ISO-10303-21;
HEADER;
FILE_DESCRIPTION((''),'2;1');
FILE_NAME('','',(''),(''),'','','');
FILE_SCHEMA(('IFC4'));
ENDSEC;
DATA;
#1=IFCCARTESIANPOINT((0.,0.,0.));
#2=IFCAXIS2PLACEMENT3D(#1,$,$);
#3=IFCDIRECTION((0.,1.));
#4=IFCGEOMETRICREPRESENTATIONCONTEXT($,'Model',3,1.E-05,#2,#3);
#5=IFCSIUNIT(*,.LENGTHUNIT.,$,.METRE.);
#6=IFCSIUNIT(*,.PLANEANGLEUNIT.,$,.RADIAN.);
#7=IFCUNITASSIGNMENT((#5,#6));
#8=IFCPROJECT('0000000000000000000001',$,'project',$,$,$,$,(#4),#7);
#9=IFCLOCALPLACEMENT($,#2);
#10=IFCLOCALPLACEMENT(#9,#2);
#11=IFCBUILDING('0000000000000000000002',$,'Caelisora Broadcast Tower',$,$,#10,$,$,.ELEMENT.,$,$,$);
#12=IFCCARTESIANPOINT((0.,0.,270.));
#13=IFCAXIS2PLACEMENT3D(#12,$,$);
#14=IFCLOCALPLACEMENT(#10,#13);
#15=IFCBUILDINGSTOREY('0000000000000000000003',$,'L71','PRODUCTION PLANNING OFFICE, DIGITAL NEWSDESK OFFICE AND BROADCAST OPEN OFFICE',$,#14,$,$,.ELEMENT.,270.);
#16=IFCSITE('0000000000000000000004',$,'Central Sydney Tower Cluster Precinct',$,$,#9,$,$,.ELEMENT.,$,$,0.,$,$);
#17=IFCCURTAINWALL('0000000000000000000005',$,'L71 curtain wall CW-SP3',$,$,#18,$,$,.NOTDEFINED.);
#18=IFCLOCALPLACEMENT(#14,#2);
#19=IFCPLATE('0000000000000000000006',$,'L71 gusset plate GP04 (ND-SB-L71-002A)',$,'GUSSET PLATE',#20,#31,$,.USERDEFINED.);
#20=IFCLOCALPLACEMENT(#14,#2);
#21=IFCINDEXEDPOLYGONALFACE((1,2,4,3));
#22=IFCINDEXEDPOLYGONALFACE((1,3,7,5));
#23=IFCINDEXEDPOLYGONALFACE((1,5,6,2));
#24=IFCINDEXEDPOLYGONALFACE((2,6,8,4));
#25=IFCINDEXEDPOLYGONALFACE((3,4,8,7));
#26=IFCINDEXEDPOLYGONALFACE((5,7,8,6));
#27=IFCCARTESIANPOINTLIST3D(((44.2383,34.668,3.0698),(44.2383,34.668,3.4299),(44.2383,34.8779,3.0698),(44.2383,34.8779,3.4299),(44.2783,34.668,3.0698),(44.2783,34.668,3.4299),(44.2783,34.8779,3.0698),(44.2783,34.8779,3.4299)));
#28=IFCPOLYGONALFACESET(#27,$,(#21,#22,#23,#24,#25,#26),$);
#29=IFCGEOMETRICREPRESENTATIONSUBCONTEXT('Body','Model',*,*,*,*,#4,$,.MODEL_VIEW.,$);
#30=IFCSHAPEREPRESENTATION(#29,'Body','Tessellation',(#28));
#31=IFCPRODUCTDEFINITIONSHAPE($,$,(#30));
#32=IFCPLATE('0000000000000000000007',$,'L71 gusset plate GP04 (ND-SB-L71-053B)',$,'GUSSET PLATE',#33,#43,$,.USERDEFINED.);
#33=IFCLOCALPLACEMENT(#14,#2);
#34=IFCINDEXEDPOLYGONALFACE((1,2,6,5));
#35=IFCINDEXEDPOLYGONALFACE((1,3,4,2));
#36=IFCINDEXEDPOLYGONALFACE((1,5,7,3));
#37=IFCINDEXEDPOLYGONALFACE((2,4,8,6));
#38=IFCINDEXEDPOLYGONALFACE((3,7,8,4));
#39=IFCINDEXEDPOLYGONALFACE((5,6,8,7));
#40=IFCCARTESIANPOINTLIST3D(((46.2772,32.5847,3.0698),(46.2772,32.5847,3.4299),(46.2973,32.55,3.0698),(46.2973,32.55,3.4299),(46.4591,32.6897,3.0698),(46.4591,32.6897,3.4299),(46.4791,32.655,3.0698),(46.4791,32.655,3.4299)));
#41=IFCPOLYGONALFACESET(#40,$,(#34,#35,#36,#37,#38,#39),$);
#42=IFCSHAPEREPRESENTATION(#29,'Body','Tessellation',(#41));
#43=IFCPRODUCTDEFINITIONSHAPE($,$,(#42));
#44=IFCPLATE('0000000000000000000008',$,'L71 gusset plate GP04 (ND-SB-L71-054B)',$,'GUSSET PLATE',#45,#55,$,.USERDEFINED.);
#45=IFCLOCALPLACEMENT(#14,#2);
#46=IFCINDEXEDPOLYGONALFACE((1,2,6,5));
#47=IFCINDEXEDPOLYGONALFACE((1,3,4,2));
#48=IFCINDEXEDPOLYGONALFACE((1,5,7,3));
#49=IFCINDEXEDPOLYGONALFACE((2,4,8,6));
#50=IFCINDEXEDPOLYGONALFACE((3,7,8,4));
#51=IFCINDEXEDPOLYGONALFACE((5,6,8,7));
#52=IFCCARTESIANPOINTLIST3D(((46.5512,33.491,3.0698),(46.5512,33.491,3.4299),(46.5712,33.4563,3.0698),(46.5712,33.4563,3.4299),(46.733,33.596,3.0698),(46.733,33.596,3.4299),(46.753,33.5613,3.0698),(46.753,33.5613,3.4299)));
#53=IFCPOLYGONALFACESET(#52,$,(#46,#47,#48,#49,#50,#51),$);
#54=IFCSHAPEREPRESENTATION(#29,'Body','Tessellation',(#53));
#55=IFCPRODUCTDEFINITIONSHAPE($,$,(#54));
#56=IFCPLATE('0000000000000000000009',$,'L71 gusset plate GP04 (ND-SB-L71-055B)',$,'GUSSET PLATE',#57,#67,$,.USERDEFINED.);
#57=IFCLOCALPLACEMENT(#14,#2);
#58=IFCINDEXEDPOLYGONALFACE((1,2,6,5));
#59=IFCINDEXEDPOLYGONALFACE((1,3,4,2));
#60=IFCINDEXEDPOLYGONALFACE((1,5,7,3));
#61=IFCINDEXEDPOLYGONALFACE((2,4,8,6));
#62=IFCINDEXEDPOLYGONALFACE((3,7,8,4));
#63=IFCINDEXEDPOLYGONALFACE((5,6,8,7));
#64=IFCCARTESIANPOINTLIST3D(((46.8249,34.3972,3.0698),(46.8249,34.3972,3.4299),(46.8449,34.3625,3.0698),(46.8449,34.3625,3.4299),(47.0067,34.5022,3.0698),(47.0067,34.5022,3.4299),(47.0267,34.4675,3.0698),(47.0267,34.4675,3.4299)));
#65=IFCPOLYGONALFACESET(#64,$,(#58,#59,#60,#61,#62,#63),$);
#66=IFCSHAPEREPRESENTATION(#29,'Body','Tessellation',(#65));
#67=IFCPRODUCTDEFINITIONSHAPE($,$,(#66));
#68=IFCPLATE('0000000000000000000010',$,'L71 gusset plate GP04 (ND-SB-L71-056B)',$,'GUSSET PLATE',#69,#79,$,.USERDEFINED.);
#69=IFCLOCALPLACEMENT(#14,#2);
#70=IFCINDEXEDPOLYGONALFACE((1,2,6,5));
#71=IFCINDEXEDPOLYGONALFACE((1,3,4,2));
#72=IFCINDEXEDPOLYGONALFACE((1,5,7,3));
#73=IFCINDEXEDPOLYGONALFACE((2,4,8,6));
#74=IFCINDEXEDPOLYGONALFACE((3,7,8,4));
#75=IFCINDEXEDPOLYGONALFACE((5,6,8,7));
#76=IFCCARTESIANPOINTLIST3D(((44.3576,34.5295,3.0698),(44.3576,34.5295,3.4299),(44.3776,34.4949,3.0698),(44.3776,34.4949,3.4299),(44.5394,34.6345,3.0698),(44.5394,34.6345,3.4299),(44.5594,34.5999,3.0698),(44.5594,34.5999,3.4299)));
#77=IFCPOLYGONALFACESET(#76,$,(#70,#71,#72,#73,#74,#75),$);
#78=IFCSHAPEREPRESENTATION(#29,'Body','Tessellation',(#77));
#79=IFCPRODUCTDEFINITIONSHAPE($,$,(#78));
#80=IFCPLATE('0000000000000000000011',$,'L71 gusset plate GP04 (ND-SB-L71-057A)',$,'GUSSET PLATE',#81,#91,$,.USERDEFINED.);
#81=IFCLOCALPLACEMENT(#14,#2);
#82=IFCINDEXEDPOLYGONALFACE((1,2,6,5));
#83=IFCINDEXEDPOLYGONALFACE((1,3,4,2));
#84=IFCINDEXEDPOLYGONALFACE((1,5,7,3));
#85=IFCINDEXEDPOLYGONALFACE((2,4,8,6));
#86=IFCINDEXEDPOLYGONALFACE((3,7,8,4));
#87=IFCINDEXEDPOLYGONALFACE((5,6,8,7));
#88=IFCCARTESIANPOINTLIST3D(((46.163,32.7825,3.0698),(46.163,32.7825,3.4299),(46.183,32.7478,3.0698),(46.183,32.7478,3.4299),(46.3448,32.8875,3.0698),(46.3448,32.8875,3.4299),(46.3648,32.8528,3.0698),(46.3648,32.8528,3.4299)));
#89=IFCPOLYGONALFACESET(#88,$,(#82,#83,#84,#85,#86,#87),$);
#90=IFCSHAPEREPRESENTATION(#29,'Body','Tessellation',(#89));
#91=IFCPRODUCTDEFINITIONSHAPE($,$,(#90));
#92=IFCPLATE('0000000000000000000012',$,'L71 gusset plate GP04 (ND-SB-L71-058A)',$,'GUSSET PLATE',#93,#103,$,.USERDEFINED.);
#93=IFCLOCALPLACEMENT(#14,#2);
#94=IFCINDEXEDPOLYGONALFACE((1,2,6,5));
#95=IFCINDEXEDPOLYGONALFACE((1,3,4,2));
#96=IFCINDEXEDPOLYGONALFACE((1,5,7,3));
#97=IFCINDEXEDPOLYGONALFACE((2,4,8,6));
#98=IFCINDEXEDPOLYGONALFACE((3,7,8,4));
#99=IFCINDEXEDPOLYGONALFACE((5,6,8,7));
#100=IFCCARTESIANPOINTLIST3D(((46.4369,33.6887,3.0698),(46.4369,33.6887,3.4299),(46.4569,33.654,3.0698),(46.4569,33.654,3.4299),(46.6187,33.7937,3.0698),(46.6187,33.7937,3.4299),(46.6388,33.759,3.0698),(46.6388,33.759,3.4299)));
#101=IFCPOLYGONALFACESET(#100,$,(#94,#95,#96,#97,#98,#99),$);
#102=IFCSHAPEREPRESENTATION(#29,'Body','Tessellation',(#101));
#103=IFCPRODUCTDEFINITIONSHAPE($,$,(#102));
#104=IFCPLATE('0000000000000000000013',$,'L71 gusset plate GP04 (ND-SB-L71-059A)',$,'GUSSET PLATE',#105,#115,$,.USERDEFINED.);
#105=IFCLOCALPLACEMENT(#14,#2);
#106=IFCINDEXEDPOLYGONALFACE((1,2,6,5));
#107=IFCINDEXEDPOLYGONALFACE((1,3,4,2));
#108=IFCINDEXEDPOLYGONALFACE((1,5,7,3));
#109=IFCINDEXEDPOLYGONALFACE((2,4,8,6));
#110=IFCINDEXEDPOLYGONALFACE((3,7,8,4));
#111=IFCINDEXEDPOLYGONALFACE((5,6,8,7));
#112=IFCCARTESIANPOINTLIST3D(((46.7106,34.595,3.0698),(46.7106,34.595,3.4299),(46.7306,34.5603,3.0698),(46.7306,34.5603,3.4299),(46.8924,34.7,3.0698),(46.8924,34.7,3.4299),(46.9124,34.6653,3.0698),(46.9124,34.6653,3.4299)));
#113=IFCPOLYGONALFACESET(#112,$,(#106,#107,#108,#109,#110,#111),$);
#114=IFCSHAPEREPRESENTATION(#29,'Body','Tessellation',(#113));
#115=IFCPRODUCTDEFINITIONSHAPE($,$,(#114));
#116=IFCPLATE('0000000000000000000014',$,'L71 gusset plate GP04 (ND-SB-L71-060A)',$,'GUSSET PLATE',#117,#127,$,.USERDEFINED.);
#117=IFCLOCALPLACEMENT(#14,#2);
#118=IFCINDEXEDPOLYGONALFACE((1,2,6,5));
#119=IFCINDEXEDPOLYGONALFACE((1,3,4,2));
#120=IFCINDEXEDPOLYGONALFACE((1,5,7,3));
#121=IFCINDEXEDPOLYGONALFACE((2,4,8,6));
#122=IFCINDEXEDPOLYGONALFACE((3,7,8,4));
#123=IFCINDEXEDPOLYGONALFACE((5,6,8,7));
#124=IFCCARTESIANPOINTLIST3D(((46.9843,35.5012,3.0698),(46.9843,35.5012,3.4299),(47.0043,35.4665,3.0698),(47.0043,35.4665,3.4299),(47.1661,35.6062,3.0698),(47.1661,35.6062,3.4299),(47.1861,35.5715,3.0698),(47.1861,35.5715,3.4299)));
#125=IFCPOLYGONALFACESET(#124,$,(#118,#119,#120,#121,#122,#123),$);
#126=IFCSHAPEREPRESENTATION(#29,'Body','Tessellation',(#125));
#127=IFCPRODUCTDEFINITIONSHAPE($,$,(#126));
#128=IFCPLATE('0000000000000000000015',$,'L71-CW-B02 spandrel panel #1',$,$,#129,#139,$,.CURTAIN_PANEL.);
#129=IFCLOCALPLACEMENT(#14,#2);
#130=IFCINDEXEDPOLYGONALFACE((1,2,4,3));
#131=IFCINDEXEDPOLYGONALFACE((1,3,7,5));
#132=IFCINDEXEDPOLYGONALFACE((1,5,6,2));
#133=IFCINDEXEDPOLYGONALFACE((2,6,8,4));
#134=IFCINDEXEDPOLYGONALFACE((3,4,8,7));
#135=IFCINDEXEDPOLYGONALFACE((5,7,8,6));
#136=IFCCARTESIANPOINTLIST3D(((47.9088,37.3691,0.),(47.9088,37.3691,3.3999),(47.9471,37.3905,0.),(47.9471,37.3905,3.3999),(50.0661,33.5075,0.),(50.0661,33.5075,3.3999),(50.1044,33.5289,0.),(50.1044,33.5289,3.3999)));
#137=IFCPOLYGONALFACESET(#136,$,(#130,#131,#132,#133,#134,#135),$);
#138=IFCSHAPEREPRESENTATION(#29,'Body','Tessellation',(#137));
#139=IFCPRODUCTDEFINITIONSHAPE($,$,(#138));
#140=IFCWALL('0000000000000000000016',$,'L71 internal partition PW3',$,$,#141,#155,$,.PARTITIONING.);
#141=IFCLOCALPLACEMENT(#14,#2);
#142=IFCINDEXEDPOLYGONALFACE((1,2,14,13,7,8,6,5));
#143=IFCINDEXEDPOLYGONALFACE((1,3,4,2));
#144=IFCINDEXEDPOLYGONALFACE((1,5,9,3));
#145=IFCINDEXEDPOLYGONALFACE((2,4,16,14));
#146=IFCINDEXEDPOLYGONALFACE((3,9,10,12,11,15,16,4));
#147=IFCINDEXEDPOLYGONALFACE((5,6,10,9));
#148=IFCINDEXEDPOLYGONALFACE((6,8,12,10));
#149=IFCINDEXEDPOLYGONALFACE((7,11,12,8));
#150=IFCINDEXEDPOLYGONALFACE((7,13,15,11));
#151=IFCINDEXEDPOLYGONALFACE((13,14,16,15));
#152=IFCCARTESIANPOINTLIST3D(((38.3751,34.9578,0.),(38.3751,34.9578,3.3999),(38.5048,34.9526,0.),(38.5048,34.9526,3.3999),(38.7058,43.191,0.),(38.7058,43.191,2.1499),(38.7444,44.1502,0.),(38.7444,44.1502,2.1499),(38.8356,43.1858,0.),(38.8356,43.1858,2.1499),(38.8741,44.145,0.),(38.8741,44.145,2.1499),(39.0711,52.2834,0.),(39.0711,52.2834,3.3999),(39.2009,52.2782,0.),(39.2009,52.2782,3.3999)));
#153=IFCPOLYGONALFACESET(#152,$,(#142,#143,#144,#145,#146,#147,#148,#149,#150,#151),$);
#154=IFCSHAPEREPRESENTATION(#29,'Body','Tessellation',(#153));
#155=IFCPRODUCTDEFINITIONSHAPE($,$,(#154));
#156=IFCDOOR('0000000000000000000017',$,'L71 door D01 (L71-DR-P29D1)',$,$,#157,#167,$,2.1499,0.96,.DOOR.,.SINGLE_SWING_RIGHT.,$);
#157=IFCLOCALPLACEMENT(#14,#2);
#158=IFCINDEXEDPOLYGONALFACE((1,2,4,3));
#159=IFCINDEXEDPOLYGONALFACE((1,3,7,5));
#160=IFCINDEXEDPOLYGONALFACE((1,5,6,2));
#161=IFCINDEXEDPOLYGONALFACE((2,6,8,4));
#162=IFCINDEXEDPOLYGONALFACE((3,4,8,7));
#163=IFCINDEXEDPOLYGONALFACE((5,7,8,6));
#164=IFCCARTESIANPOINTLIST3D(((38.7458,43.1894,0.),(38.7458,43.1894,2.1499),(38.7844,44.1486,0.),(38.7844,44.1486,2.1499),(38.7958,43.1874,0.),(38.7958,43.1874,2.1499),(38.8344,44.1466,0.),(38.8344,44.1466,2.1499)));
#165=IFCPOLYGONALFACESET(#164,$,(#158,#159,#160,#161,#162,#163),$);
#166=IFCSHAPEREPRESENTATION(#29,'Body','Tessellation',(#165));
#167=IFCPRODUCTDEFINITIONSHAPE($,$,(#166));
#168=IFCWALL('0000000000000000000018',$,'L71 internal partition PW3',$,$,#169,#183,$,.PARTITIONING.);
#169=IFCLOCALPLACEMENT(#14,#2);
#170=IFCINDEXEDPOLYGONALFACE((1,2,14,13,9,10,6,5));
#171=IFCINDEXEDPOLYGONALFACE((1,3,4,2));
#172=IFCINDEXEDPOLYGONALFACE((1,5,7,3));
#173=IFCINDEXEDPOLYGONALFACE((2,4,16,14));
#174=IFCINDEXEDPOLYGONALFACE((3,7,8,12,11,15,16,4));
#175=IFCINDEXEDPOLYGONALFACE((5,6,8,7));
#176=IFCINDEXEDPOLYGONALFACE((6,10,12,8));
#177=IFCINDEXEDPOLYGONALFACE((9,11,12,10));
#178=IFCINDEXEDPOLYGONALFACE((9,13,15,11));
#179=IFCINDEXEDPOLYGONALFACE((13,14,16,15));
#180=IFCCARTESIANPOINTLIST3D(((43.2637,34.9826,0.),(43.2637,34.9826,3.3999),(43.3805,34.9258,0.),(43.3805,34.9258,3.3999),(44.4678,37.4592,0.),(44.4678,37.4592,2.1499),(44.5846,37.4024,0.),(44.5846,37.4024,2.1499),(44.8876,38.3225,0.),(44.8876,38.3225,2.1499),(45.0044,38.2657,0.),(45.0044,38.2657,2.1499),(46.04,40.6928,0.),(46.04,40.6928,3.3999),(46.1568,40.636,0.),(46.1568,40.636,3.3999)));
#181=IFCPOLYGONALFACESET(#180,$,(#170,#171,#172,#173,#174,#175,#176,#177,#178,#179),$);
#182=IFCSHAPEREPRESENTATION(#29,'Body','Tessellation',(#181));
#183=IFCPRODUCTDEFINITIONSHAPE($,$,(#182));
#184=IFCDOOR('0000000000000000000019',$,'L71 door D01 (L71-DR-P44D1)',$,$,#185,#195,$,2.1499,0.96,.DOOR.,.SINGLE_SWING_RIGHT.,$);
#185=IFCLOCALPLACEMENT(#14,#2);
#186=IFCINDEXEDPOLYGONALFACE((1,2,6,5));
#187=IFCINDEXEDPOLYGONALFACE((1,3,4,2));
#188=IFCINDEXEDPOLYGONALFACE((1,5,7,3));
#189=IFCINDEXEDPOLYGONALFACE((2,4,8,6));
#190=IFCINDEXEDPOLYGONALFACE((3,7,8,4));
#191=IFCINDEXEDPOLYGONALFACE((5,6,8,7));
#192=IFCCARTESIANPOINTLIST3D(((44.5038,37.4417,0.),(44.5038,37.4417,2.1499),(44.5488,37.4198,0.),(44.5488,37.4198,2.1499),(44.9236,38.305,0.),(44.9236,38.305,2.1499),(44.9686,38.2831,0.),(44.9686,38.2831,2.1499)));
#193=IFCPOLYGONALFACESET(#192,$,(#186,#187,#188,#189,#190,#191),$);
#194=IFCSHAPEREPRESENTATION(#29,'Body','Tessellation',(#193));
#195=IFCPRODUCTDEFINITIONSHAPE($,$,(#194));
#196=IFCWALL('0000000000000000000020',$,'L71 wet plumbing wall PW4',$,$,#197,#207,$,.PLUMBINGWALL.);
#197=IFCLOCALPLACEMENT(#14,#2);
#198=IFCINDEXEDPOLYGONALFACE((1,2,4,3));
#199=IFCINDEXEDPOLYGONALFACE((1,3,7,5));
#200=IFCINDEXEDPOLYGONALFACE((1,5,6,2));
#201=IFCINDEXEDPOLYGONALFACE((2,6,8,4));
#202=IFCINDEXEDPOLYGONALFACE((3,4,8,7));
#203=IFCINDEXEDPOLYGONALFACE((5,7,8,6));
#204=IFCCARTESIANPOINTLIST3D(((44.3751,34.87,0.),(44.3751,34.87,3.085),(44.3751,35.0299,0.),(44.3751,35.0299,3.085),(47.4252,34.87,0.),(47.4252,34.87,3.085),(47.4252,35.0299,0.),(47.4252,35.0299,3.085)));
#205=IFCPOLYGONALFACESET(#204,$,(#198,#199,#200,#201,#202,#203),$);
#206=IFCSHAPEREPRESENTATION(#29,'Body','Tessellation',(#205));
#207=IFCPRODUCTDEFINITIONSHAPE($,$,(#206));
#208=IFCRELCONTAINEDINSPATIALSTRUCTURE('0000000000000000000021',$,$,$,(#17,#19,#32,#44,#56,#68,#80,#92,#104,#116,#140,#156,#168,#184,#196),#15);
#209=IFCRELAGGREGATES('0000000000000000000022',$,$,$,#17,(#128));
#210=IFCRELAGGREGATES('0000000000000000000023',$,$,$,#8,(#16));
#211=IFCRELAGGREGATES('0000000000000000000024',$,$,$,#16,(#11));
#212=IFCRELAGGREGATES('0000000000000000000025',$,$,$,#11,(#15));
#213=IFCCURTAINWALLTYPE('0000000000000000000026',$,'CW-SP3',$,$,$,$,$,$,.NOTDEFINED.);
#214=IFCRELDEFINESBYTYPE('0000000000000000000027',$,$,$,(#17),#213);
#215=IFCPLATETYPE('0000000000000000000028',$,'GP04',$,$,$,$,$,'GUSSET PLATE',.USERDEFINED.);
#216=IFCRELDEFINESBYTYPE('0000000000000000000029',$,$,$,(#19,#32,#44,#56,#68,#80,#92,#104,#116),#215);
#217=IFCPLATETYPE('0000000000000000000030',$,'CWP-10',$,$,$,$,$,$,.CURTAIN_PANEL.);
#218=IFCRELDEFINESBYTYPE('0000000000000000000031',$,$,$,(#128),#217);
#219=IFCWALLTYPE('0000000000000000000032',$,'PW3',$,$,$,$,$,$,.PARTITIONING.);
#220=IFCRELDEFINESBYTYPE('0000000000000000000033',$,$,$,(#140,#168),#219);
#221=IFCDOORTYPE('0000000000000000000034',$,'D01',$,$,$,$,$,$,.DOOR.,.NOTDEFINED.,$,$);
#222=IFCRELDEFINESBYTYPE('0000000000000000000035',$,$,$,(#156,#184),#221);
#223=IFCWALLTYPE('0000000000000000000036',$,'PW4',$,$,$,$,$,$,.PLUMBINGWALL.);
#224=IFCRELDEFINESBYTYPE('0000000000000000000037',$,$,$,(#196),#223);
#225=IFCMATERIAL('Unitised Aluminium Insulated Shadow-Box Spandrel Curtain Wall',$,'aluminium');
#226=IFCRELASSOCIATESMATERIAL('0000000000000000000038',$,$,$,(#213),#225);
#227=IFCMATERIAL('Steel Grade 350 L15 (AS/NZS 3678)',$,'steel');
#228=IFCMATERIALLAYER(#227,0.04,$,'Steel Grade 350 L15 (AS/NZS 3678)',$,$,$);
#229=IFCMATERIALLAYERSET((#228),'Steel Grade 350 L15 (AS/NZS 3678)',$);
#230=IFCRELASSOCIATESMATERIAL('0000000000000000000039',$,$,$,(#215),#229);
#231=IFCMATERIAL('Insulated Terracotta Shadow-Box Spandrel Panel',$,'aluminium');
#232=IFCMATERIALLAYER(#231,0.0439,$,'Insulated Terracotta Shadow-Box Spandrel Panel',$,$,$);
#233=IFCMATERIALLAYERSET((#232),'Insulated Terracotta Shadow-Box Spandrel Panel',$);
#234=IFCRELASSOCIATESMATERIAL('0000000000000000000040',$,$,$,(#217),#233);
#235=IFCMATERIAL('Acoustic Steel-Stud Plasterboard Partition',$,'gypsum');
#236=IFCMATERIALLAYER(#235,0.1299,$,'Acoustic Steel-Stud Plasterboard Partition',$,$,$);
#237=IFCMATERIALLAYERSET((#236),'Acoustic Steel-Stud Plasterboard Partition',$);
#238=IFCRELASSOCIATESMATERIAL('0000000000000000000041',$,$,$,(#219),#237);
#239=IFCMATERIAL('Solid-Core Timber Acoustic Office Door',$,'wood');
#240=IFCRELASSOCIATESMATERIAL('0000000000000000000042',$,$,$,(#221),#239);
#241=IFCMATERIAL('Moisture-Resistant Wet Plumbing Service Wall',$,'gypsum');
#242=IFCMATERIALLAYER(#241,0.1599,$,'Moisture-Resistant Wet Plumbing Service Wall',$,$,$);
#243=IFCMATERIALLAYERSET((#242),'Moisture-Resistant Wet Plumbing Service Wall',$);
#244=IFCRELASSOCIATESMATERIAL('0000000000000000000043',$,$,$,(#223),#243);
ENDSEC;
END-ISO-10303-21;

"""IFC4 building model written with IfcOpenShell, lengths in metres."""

from ifc_helpers import new_model, si_unit, direction, frame, frame_2d, origin, origin_2d, place, context, subcontext, project, spatial, rectangle, extrude, source, transform, mapped, material, layer, layer_set, type_object, type_shapes, element, fill, aggregate, save


model = new_model("IFC4")

# Units and contexts
model_context = context("Model", 3, precision=1e-05, world=origin(), true_north=direction((0.0, 1.0)))
body_context = subcontext(model_context, "Body", "Model", "MODEL_VIEW")
ifc_project = project(units=[si_unit("LENGTHUNIT", "METRE"), si_unit("PLANEANGLEUNIT", "RADIAN")], contexts=[model_context])

# Site, building, storey
site_placement = place(None, origin())
site = spatial("IfcSite", under=ifc_project, at=site_placement, Name="Central Sydney Tower Cluster Precinct", CompositionType="ELEMENT", RefElevation=0.0)
building_placement = place(site_placement, origin())
building = spatial("IfcBuilding", under=site, at=building_placement, Name="Caelisora Broadcast Tower", CompositionType="ELEMENT")
storey_placement = place(building_placement, frame((0.0, 0.0, 270.0)))
storey = spatial("IfcBuildingStorey", under=building, at=storey_placement, Name="L71", Description="PRODUCTION PLANNING OFFICE, DIGITAL NEWSDESK OFFICE AND BROADCAST OPEN OFFICE", CompositionType="ELEMENT", Elevation=270.0)

# Shared definitions
ifc_material_1 = material(Name="Steel Grade 350 L15 (AS/NZS 3678)", Category="steel")

# Curtain wall
ifc_material_2 = material(Name="Unitised Aluminium Insulated Shadow-Box Spandrel Curtain Wall", Category="aluminium")
curtain_wall_type = type_object("IfcCurtainWallType", Name="CW-SP3", PredefinedType="NOTDEFINED", material=ifc_material_2)
curtain_wall_placement = place(storey_placement, origin())
curtain_wall = element("IfcCurtainWall", 1, at=curtain_wall_placement, inside=storey, type_object=curtain_wall_type, Name="L71 curtain wall CW-SP3", PredefinedType="NOTDEFINED")

# Plates
ifc_layer_1 = layer(ifc_material_1, 0.04, Name="Steel Grade 350 L15 (AS/NZS 3678)")
ifc_layer_set_1 = layer_set([ifc_layer_1], Name="Steel Grade 350 L15 (AS/NZS 3678)")
plate_type_1 = type_object("IfcPlateType", Name="GP04", ElementType="GUSSET PLATE", PredefinedType="USERDEFINED", material=ifc_layer_set_1)
shared_shape_1 = source(origin(), body_context, "Body", "SweptSolid", [
    extrude(rectangle(XDim=0.21, YDim=0.04, at=origin_2d()), origin(), (0.0, 0.0, 1.0), 0.3601),
])
for number, where, z_axis, x_axis, name in (
    (2, (44.2583, 34.7729, 3.0698), (0.0, 0.0, 1.0), (0.0, -1.0, 0.0), "L71 gusset plate GP04 (ND-SB-L71-002A)"),
    (3, (46.3782, 32.6199, 3.0698), (0.0, 0.0, 1.0), (-0.866025, -0.5, 0.0), "L71 gusset plate GP04 (ND-SB-L71-053B)"),
    (4, (46.6521, 33.5261, 3.0698), (0.0, 0.0, 1.0), (-0.866025, -0.5, 0.0), "L71 gusset plate GP04 (ND-SB-L71-054B)"),
    (5, (46.9258, 34.4324, 3.0698), (0.0, 0.0, 1.0), (-0.866025, -0.5, 0.0), "L71 gusset plate GP04 (ND-SB-L71-055B)"),
    (6, (44.4585, 34.5647, 3.0698), (0.0, 0.0, 1.0), (-0.866025, -0.5, 0.0), "L71 gusset plate GP04 (ND-SB-L71-056B)"),
    (7, (46.2639, 32.8176, 3.0698), (0.0, 0.0, 1.0), (-0.866025, -0.5, 0.0), "L71 gusset plate GP04 (ND-SB-L71-057A)"),
    (8, (46.5378, 33.7239, 3.0698), (0.0, 0.0, 1.0), (-0.866025, -0.5, 0.0), "L71 gusset plate GP04 (ND-SB-L71-058A)"),
    (9, (46.8115, 34.6301, 3.0698), (0.0, 0.0, 1.0), (-0.866025, -0.5, 0.0), "L71 gusset plate GP04 (ND-SB-L71-059A)"),
    (10, (47.0852, 35.5364, 3.0698), (0.0, 0.0, 1.0), (-0.866025, -0.5, 0.0), "L71 gusset plate GP04 (ND-SB-L71-060A)"),
):
    element("IfcPlate", number, at=place(storey_placement, frame(where, z_axis=z_axis, x_axis=x_axis)), inside=storey, type_object=plate_type_1, Name=name, ObjectType="GUSSET PLATE", PredefinedType="USERDEFINED", context=body_context, shape_type="MappedRepresentation", body=[
        mapped(shared_shape_1, transform((0.0, 0.0, 0.0), scale=1.0)),
    ])

# Plate
ifc_material_3 = material(Name="Insulated Terracotta Shadow-Box Spandrel Panel", Category="aluminium")
ifc_layer_2 = layer(ifc_material_3, 0.0439, Name="Insulated Terracotta Shadow-Box Spandrel Panel")
ifc_layer_set_2 = layer_set([ifc_layer_2], Name="Insulated Terracotta Shadow-Box Spandrel Panel")
plate_type_2 = type_object("IfcPlateType", Name="CWP-10", PredefinedType="CURTAIN_PANEL", material=ifc_layer_set_2)
shared_shape_2 = source(origin(), body_context, "Body", "SweptSolid", [
    extrude(rectangle(XDim=4.4233, YDim=0.0439, at=origin_2d()), origin(), (0.0, 0.0, 1.0), 3.3999),
])
type_shapes(plate_type_2, [shared_shape_2])
plate_1_placement = place(storey_placement, frame((49.0066, 35.449, 0.0), z_axis=(0.0, 0.0, 1.0), x_axis=(0.487707, -0.873007, 0.0)))
plate_1 = element("IfcPlate", 11, at=plate_1_placement, type_object=plate_type_2, Name="L71-CW-B02 spandrel panel #1", PredefinedType="CURTAIN_PANEL", context=body_context, shape_type="MappedRepresentation", body=[
    mapped(shared_shape_2, transform((0.0, 0.0, 0.0), scale=1.0)),
])
aggregate(curtain_wall, [plate_1])

# Walls, openings, doors
ifc_material_4 = material(Name="Acoustic Steel-Stud Plasterboard Partition", Category="gypsum")
ifc_layer_3 = layer(ifc_material_4, 0.1299, Name="Acoustic Steel-Stud Plasterboard Partition")
ifc_layer_set_3 = layer_set([ifc_layer_3], Name="Acoustic Steel-Stud Plasterboard Partition")
wall_type_1 = type_object("IfcWallType", Name="PW3", PredefinedType="PARTITIONING", material=ifc_layer_set_3)
wall_1_placement = place(storey_placement, frame((38.4399, 34.9551, 0.0), z_axis=(0.0, 0.0, 1.0), x_axis=(0.040142, 0.999194, 0.0)))
wall_1 = element("IfcWall", 12, at=wall_1_placement, inside=storey, type_object=wall_type_1, Name="L71 internal partition PW3", PredefinedType="PARTITIONING", context=body_context, shape_type="SweptSolid", body=[
    extrude(rectangle(XDim=17.3396, YDim=0.1299, at=frame_2d((8.6699, 0.0))), origin(), (0.0, 0.0, 1.0), 3.3999),
])
opening_1_placement = place(wall_1_placement, frame((8.24, 0.0, 0.0)))
opening_1 = element("IfcOpeningElement", 13, at=opening_1_placement, cuts=wall_1, PredefinedType="OPENING", context=body_context, shape_type="SweptSolid", body=[
    extrude(rectangle(XDim=0.96, YDim=2.1499, at=frame_2d((0.48, 1.075))), frame((0.0, 0.0769, 0.0), z_axis=(0.0, -1.0, 0.0), x_axis=(1.0, 0.0, 0.0)), (0.0, 0.0, 1.0), 0.1538),
])
ifc_material_5 = material(Name="Solid-Core Timber Acoustic Office Door", Category="wood")
door_type = type_object("IfcDoorType", Name="D01", OperationType="NOTDEFINED", PredefinedType="DOOR", material=ifc_material_5)
door_1_placement = place(opening_1_placement, origin())
door_1 = element("IfcDoor", 14, at=door_1_placement, inside=storey, type_object=door_type, Name="L71 door D01 (L71-DR-P29D1)", OperationType="SINGLE_SWING_RIGHT", OverallHeight=2.1499, OverallWidth=0.96, PredefinedType="DOOR", context=body_context, shape_type="SweptSolid", body=[
    extrude(rectangle(XDim=0.96, YDim=2.1499, at=frame_2d((0.48, 1.075))), frame((0.0, 0.0249, 0.0), z_axis=(0.0, -1.0, 0.0), x_axis=(1.0, 0.0, 0.0)), (0.0, 0.0, 1.0), 0.05),
])
fill(opening_1, door_1)
wall_2_placement = place(storey_placement, frame((43.322, 34.9541, 0.0), z_axis=(0.0, 0.0, 1.0), x_axis=(0.437266, 0.899332, 0.0)))
wall_2 = element("IfcWall", 15, at=wall_2_placement, inside=storey, type_object=wall_type_1, Name="L71 internal partition PW3", PredefinedType="PARTITIONING", context=body_context, shape_type="SweptSolid", body=[
    extrude(rectangle(XDim=6.3494, YDim=0.1299, at=frame_2d((3.1748, 0.0))), origin(), (0.0, 0.0, 1.0), 3.3999),
])
opening_2_placement = place(wall_2_placement, frame((2.7539, 0.0, 0.0)))
opening_2 = element("IfcOpeningElement", 16, at=opening_2_placement, cuts=wall_2, PredefinedType="OPENING", context=body_context, shape_type="SweptSolid", body=[
    extrude(rectangle(XDim=0.96, YDim=2.1499, at=frame_2d((0.48, 1.075))), frame((0.0, 0.0769, 0.0), z_axis=(0.0, -1.0, 0.0), x_axis=(1.0, 0.0, 0.0)), (0.0, 0.0, 1.0), 0.1538),
])
door_2_placement = place(opening_2_placement, origin())
door_2 = element("IfcDoor", 17, at=door_2_placement, inside=storey, type_object=door_type, Name="L71 door D01 (L71-DR-P44D1)", OperationType="SINGLE_SWING_RIGHT", OverallHeight=2.1499, OverallWidth=0.96, PredefinedType="DOOR", context=body_context, shape_type="SweptSolid", body=[
    extrude(rectangle(XDim=0.96, YDim=2.1499, at=frame_2d((0.48, 1.075))), frame((0.0, 0.0249, 0.0), z_axis=(0.0, -1.0, 0.0), x_axis=(1.0, 0.0, 0.0)), (0.0, 0.0, 1.0), 0.05),
])
fill(opening_2, door_2)

# Wall
ifc_material_6 = material(Name="Moisture-Resistant Wet Plumbing Service Wall", Category="gypsum")
ifc_layer_4 = layer(ifc_material_6, 0.1599, Name="Moisture-Resistant Wet Plumbing Service Wall")
ifc_layer_set_4 = layer_set([ifc_layer_4], Name="Moisture-Resistant Wet Plumbing Service Wall")
wall_type_2 = type_object("IfcWallType", Name="PW4", PredefinedType="PLUMBINGWALL", material=ifc_layer_set_4)
wall_3_placement = place(storey_placement, frame((47.425, 34.95, 0.0), z_axis=(0.0, 0.0, 1.0), x_axis=(-1.0, 0.0, 0.0)))
element("IfcWall", 18, at=wall_3_placement, inside=storey, type_object=wall_type_2, Name="L71 wet plumbing wall PW4", PredefinedType="PLUMBINGWALL", context=body_context, shape_type="SweptSolid", body=[
    extrude(rectangle(XDim=3.05, YDim=0.1599, at=frame_2d((1.5249, 0.0))), origin(), (0.0, 0.0, 1.0), 3.085),
])

save(model, "model.ifc")
